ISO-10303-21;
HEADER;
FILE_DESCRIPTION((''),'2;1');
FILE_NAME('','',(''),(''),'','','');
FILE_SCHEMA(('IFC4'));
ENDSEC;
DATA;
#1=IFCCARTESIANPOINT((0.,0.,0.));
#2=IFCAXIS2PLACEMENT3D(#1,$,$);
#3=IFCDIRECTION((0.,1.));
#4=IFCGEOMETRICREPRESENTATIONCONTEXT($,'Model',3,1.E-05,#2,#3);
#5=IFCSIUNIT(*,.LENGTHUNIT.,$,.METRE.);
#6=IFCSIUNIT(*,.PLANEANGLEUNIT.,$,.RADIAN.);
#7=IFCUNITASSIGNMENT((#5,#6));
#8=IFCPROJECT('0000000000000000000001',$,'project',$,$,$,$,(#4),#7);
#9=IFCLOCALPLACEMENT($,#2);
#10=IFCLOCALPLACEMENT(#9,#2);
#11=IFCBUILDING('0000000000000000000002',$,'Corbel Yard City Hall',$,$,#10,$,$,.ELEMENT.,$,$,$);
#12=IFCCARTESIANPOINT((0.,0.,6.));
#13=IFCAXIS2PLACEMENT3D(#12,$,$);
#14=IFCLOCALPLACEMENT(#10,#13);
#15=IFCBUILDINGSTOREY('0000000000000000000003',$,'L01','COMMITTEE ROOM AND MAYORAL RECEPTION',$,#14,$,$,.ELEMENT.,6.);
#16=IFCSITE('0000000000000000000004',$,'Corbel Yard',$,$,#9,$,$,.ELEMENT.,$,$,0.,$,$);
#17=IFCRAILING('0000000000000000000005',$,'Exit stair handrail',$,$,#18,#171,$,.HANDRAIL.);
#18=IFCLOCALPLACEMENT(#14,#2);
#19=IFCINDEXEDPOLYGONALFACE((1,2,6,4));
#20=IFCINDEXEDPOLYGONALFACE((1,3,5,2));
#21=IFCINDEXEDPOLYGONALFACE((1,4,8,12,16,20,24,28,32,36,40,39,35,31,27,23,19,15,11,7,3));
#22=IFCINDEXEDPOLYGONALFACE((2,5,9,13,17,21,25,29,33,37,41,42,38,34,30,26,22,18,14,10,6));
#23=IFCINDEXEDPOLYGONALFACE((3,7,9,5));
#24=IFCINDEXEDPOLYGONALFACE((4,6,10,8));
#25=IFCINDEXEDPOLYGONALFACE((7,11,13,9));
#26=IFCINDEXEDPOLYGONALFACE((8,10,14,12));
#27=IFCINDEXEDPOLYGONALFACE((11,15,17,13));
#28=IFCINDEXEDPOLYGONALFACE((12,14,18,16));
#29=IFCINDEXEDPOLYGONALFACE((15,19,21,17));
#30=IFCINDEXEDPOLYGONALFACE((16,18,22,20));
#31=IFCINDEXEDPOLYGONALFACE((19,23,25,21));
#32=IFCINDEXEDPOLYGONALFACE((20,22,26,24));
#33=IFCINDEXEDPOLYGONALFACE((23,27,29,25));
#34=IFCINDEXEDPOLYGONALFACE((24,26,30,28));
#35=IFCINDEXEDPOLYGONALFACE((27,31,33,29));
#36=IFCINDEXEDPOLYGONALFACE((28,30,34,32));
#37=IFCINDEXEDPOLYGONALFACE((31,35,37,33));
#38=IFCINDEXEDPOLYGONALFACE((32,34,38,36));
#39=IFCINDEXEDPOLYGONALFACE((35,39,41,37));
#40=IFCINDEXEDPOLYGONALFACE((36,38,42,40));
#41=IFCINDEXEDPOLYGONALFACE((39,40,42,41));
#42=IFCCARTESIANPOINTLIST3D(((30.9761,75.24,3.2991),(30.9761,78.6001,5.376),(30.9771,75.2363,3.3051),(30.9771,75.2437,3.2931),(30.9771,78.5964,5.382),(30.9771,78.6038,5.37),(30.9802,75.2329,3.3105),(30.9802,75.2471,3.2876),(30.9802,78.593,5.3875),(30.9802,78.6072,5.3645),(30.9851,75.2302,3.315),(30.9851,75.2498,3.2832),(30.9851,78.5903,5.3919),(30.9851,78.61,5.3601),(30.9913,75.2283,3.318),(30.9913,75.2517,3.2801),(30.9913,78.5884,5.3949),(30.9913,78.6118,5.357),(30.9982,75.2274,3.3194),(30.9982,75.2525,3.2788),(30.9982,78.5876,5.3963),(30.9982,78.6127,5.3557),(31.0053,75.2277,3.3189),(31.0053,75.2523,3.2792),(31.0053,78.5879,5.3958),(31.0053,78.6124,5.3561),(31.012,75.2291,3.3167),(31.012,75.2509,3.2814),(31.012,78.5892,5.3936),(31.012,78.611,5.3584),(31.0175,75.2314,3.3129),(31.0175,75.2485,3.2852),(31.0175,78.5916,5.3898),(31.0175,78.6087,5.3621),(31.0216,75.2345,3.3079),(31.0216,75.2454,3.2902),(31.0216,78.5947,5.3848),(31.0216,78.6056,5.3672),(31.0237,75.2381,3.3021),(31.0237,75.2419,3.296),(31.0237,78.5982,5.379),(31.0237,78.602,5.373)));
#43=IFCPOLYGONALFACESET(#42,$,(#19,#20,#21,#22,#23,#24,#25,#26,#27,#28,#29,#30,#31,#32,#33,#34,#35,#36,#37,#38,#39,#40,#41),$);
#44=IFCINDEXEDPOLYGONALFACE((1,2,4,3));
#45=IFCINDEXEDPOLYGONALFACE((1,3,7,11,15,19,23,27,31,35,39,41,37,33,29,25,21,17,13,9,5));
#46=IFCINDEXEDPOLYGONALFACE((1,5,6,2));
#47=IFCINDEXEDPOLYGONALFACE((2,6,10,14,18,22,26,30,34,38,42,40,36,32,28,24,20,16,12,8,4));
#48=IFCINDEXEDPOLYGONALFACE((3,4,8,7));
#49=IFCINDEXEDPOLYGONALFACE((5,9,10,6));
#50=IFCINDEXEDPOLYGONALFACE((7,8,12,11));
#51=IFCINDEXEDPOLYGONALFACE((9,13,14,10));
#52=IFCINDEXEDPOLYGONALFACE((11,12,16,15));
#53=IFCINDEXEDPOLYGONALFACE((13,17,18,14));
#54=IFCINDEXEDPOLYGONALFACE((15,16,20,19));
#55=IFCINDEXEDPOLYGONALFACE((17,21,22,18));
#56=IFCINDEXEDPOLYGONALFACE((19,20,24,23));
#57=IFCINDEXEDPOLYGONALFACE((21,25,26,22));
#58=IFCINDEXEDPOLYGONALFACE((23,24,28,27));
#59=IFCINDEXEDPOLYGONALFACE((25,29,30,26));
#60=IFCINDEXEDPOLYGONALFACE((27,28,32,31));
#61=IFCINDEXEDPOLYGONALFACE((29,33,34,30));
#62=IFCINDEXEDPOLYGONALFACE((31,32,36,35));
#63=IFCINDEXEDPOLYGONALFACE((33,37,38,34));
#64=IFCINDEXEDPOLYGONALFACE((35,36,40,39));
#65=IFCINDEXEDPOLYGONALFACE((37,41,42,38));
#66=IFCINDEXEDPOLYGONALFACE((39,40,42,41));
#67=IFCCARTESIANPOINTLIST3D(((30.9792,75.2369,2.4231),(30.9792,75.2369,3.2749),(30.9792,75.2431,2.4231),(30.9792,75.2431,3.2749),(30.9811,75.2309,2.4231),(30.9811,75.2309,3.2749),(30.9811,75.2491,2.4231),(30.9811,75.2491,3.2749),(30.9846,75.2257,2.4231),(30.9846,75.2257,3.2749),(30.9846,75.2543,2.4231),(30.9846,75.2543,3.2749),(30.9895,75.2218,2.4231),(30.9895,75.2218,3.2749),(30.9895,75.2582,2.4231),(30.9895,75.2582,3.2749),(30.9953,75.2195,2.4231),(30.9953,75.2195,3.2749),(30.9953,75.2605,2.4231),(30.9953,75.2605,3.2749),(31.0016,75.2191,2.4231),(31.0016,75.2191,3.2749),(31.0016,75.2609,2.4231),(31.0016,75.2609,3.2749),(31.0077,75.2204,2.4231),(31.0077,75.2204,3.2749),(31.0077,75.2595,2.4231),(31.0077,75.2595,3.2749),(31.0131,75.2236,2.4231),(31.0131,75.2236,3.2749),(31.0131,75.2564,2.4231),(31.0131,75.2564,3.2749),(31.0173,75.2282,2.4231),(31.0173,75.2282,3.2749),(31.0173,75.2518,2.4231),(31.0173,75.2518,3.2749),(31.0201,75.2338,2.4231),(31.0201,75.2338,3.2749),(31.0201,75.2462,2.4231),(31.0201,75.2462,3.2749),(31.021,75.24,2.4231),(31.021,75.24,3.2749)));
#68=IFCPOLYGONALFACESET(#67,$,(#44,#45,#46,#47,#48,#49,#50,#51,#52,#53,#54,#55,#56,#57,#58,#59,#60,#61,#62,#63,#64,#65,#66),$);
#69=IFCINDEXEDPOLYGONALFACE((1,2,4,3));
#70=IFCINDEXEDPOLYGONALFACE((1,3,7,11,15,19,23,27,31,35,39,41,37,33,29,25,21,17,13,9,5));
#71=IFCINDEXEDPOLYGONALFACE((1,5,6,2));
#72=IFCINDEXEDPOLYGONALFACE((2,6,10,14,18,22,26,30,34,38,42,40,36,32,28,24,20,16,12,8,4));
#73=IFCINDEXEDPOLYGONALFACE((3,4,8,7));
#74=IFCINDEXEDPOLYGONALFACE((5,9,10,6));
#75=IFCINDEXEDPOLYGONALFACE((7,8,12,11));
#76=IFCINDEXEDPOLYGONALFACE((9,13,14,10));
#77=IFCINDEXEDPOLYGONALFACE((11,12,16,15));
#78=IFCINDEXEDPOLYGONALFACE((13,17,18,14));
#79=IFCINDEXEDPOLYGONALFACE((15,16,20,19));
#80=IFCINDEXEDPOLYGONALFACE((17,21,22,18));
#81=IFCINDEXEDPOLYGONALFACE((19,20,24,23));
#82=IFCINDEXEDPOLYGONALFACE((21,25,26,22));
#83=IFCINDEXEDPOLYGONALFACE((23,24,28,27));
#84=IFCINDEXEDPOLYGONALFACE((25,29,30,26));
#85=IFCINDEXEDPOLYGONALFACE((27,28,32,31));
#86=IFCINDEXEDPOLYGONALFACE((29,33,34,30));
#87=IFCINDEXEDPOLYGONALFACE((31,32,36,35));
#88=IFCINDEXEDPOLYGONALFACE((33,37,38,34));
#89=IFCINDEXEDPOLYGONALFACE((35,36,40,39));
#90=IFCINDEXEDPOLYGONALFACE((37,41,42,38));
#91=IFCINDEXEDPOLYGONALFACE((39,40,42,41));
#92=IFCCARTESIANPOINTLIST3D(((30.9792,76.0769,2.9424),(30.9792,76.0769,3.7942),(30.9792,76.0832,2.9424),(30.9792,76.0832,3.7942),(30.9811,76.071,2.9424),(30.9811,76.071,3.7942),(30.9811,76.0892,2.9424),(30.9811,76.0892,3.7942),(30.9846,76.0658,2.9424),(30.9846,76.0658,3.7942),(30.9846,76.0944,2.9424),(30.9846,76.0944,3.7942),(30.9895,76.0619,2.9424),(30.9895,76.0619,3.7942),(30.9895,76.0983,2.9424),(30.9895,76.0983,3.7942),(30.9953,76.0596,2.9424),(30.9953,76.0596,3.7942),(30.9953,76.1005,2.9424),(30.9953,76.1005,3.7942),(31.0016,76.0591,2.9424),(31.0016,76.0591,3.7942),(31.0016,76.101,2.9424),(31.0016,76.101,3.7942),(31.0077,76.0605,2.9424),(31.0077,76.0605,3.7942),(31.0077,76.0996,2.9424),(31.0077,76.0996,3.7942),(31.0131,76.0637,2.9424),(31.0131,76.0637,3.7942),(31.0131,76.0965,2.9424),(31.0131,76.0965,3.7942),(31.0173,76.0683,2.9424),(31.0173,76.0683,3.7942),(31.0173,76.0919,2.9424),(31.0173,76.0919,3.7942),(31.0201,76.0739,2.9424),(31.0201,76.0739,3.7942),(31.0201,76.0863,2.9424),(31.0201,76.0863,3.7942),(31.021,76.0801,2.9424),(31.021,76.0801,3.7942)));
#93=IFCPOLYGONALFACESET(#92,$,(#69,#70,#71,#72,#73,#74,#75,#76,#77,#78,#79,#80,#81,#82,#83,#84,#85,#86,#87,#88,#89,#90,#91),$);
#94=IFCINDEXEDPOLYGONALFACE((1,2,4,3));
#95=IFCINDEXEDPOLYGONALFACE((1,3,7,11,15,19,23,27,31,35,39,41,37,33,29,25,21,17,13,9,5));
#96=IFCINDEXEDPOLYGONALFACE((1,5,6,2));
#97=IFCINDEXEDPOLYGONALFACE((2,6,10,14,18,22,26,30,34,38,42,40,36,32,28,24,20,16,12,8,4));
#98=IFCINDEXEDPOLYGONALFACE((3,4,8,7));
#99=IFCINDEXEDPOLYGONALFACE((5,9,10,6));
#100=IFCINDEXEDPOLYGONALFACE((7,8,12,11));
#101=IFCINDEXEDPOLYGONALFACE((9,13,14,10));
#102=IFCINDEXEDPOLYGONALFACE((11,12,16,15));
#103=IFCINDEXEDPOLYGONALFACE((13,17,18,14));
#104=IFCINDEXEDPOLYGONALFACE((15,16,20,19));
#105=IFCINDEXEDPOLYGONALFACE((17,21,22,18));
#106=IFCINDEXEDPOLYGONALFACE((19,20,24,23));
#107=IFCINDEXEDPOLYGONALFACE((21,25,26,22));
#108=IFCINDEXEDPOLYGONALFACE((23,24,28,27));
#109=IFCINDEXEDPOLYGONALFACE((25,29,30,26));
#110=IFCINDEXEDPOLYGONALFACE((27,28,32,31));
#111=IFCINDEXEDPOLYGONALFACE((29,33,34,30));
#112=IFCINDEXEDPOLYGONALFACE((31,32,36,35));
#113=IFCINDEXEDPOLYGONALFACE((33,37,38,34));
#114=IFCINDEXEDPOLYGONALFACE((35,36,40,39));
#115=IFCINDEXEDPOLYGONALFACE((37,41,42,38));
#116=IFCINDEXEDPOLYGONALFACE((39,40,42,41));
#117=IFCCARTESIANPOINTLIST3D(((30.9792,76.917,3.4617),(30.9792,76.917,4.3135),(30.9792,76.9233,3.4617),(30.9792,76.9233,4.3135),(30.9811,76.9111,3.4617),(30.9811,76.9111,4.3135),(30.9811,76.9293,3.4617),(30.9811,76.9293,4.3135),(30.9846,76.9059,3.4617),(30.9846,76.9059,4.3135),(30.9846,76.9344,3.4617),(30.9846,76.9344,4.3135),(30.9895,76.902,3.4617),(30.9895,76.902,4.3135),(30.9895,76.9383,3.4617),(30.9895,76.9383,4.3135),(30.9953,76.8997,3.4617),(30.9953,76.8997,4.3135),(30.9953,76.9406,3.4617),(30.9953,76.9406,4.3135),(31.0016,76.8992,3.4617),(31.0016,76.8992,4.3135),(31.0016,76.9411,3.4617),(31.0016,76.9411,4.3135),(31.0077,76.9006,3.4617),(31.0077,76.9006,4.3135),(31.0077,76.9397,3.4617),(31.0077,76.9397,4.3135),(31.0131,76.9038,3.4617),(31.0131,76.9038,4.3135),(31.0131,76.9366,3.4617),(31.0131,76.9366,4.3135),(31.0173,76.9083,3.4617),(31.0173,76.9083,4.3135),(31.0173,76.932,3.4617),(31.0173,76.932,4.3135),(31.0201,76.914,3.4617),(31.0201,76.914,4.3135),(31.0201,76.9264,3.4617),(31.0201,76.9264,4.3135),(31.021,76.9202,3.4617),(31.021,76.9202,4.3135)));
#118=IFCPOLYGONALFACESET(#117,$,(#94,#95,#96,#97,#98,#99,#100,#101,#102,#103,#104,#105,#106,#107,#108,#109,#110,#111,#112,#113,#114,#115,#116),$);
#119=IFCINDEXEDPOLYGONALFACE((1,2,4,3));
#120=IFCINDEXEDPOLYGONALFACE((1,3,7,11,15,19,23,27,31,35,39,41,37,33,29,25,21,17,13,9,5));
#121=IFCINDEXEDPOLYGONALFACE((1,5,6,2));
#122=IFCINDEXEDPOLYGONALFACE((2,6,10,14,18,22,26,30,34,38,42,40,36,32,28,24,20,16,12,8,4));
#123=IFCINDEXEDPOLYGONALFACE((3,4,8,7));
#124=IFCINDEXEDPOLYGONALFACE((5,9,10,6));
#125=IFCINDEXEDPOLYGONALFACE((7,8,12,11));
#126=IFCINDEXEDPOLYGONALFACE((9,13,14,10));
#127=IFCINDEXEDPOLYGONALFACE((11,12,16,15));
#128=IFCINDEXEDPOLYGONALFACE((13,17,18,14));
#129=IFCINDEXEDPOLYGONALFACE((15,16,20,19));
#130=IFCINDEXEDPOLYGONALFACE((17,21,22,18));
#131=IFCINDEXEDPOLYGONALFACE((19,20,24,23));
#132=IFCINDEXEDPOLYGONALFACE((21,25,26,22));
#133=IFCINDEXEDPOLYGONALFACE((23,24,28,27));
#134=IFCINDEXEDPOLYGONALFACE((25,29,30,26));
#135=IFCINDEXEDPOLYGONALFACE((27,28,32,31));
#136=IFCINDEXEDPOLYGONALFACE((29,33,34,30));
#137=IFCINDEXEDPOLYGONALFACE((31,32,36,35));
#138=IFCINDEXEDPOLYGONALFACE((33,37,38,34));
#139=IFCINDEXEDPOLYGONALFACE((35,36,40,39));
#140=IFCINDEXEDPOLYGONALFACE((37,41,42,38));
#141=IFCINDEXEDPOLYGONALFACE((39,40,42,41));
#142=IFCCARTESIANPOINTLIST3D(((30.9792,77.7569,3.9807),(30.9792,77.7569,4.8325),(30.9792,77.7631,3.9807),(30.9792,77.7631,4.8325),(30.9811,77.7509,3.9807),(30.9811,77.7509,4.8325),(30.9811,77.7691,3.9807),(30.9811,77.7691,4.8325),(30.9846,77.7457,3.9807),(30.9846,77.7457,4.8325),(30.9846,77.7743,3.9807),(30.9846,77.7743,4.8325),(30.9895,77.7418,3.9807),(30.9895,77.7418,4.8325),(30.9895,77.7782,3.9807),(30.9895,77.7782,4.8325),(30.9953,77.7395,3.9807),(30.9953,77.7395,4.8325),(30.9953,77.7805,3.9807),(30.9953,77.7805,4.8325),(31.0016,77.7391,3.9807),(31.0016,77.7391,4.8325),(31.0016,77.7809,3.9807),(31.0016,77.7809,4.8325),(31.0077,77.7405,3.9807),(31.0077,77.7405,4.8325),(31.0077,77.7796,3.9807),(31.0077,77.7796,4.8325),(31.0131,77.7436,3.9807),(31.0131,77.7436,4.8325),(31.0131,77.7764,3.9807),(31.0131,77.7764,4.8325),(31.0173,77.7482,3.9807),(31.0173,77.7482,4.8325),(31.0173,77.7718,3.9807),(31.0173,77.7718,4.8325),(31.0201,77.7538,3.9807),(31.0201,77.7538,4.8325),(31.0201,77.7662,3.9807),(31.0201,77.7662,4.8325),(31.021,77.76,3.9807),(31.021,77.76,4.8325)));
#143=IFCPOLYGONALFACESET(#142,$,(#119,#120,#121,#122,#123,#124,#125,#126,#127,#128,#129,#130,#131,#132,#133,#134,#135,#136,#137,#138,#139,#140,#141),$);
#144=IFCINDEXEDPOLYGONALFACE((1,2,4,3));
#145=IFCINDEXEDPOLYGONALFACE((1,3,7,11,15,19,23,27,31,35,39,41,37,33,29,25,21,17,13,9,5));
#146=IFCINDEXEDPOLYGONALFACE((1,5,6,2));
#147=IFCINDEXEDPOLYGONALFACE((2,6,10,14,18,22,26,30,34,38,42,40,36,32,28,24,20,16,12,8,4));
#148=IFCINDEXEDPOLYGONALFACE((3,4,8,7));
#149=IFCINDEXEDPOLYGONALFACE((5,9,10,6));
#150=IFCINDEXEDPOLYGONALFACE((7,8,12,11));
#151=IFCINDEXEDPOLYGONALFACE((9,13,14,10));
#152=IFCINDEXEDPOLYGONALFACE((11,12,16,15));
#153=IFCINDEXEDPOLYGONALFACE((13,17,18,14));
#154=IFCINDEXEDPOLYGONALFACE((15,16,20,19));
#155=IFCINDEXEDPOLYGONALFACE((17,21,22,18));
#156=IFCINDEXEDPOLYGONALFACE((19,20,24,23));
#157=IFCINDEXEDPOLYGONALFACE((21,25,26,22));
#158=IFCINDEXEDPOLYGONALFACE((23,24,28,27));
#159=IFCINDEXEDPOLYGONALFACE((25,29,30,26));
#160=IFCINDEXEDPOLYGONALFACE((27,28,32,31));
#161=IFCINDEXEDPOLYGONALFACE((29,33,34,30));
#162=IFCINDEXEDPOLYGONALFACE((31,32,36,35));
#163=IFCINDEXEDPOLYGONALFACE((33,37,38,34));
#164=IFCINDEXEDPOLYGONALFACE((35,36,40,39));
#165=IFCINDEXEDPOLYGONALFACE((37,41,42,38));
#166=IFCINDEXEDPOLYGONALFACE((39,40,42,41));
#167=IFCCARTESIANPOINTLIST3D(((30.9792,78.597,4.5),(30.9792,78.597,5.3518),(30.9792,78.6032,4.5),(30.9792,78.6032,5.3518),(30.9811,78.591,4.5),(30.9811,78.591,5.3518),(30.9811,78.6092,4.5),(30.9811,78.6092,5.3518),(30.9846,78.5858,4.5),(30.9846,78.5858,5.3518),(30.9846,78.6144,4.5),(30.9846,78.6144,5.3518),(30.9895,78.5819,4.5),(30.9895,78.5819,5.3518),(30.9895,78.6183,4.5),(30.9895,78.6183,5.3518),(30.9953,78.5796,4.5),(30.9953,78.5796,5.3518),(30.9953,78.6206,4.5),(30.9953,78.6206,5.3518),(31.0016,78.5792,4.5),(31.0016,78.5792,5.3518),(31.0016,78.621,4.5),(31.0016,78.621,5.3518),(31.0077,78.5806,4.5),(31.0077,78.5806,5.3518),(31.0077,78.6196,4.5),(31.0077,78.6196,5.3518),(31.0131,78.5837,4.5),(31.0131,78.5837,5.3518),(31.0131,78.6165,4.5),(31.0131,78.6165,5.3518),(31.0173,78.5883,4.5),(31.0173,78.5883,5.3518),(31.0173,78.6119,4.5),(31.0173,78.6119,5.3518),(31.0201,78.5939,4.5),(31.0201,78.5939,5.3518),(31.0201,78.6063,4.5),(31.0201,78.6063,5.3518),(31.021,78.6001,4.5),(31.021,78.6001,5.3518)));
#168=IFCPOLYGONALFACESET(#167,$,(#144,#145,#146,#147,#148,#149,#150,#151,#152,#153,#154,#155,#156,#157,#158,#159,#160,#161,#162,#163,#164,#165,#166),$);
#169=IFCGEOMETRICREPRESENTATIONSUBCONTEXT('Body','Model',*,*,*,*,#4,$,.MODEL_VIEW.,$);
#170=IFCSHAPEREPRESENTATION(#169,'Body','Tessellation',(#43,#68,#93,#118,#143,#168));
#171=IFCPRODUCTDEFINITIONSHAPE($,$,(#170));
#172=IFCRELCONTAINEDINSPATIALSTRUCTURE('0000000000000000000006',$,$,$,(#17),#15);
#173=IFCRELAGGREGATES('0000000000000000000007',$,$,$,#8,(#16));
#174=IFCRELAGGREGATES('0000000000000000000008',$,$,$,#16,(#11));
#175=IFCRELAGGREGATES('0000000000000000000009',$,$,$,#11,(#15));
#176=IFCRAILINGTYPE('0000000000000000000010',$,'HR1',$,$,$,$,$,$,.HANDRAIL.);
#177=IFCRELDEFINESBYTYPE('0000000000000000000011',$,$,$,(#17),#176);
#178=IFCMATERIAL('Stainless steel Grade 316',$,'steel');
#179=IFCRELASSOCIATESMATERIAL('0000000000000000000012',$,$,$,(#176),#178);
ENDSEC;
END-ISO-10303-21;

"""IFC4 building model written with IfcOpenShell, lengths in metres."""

from ifc_helpers import new_model, si_unit, direction, frame, origin, origin_2d, place, context, subcontext, project, spatial, circle, extrude, material, type_object, element, save


model = new_model("IFC4")

# Units and contexts
model_context = context("Model", 3, precision=1e-05, world=origin(), true_north=direction((0.0, 1.0)))
body_context = subcontext(model_context, "Body", "Model", "MODEL_VIEW")
ifc_project = project(units=[si_unit("LENGTHUNIT", "METRE"), si_unit("PLANEANGLEUNIT", "RADIAN")], contexts=[model_context])

# Site, building, storey
site_placement = place(None, origin())
site = spatial("IfcSite", under=ifc_project, at=site_placement, Name="Corbel Yard", CompositionType="ELEMENT", RefElevation=0.0)
building_placement = place(site_placement, origin())
building = spatial("IfcBuilding", under=site, at=building_placement, Name="Corbel Yard City Hall", CompositionType="ELEMENT")
storey_placement = place(building_placement, frame((0.0, 0.0, 6.0)))
storey = spatial("IfcBuildingStorey", under=building, at=storey_placement, Name="L01", Description="COMMITTEE ROOM AND MAYORAL RECEPTION", CompositionType="ELEMENT", Elevation=6.0)

# Shared definitions
ifc_material_1 = material(Name="Stainless steel Grade 316", Category="steel")

# Railing
railing_type_1 = type_object("IfcRailingType", Name="HR1", PredefinedType="HANDRAIL", material=ifc_material_1)
for number, where, name in (
    (1, (31.0, 75.24, 2.4231), "Exit stair handrail"),
):
    element("IfcRailing", number, at=place(storey_placement, frame(where)), inside=storey, type_object=railing_type_1, Name=name, PredefinedType="HANDRAIL", context=body_context, shape_type="SweptSolid", body=[
        extrude(circle(Radius=0.0239, at=origin_2d()), frame((0.0, 0.0, 0.876), z_axis=(0.0, 0.850623, 0.525776), x_axis=(-1.0, 0.0, 0.0)), (0.0, 0.0, 1.0), 3.9502),
        extrude(circle(Radius=0.021, at=origin_2d()), origin(), (0.0, 0.0, 1.0), 0.8518),
        extrude(circle(Radius=0.021, at=origin_2d()), frame((0.0, 0.8401, 0.5193)), (0.0, 0.0, 1.0), 0.8518),
        extrude(circle(Radius=0.021, at=origin_2d()), frame((0.0, 1.6802, 1.0386)), (0.0, 0.0, 1.0), 0.8518),
        extrude(circle(Radius=0.021, at=origin_2d()), frame((0.0, 2.52, 1.5576)), (0.0, 0.0, 1.0), 0.8518),
        extrude(circle(Radius=0.021, at=origin_2d()), frame((0.0, 3.3601, 2.0769)), (0.0, 0.0, 1.0), 0.8518),
    ])

save(model, "model.ifc")
